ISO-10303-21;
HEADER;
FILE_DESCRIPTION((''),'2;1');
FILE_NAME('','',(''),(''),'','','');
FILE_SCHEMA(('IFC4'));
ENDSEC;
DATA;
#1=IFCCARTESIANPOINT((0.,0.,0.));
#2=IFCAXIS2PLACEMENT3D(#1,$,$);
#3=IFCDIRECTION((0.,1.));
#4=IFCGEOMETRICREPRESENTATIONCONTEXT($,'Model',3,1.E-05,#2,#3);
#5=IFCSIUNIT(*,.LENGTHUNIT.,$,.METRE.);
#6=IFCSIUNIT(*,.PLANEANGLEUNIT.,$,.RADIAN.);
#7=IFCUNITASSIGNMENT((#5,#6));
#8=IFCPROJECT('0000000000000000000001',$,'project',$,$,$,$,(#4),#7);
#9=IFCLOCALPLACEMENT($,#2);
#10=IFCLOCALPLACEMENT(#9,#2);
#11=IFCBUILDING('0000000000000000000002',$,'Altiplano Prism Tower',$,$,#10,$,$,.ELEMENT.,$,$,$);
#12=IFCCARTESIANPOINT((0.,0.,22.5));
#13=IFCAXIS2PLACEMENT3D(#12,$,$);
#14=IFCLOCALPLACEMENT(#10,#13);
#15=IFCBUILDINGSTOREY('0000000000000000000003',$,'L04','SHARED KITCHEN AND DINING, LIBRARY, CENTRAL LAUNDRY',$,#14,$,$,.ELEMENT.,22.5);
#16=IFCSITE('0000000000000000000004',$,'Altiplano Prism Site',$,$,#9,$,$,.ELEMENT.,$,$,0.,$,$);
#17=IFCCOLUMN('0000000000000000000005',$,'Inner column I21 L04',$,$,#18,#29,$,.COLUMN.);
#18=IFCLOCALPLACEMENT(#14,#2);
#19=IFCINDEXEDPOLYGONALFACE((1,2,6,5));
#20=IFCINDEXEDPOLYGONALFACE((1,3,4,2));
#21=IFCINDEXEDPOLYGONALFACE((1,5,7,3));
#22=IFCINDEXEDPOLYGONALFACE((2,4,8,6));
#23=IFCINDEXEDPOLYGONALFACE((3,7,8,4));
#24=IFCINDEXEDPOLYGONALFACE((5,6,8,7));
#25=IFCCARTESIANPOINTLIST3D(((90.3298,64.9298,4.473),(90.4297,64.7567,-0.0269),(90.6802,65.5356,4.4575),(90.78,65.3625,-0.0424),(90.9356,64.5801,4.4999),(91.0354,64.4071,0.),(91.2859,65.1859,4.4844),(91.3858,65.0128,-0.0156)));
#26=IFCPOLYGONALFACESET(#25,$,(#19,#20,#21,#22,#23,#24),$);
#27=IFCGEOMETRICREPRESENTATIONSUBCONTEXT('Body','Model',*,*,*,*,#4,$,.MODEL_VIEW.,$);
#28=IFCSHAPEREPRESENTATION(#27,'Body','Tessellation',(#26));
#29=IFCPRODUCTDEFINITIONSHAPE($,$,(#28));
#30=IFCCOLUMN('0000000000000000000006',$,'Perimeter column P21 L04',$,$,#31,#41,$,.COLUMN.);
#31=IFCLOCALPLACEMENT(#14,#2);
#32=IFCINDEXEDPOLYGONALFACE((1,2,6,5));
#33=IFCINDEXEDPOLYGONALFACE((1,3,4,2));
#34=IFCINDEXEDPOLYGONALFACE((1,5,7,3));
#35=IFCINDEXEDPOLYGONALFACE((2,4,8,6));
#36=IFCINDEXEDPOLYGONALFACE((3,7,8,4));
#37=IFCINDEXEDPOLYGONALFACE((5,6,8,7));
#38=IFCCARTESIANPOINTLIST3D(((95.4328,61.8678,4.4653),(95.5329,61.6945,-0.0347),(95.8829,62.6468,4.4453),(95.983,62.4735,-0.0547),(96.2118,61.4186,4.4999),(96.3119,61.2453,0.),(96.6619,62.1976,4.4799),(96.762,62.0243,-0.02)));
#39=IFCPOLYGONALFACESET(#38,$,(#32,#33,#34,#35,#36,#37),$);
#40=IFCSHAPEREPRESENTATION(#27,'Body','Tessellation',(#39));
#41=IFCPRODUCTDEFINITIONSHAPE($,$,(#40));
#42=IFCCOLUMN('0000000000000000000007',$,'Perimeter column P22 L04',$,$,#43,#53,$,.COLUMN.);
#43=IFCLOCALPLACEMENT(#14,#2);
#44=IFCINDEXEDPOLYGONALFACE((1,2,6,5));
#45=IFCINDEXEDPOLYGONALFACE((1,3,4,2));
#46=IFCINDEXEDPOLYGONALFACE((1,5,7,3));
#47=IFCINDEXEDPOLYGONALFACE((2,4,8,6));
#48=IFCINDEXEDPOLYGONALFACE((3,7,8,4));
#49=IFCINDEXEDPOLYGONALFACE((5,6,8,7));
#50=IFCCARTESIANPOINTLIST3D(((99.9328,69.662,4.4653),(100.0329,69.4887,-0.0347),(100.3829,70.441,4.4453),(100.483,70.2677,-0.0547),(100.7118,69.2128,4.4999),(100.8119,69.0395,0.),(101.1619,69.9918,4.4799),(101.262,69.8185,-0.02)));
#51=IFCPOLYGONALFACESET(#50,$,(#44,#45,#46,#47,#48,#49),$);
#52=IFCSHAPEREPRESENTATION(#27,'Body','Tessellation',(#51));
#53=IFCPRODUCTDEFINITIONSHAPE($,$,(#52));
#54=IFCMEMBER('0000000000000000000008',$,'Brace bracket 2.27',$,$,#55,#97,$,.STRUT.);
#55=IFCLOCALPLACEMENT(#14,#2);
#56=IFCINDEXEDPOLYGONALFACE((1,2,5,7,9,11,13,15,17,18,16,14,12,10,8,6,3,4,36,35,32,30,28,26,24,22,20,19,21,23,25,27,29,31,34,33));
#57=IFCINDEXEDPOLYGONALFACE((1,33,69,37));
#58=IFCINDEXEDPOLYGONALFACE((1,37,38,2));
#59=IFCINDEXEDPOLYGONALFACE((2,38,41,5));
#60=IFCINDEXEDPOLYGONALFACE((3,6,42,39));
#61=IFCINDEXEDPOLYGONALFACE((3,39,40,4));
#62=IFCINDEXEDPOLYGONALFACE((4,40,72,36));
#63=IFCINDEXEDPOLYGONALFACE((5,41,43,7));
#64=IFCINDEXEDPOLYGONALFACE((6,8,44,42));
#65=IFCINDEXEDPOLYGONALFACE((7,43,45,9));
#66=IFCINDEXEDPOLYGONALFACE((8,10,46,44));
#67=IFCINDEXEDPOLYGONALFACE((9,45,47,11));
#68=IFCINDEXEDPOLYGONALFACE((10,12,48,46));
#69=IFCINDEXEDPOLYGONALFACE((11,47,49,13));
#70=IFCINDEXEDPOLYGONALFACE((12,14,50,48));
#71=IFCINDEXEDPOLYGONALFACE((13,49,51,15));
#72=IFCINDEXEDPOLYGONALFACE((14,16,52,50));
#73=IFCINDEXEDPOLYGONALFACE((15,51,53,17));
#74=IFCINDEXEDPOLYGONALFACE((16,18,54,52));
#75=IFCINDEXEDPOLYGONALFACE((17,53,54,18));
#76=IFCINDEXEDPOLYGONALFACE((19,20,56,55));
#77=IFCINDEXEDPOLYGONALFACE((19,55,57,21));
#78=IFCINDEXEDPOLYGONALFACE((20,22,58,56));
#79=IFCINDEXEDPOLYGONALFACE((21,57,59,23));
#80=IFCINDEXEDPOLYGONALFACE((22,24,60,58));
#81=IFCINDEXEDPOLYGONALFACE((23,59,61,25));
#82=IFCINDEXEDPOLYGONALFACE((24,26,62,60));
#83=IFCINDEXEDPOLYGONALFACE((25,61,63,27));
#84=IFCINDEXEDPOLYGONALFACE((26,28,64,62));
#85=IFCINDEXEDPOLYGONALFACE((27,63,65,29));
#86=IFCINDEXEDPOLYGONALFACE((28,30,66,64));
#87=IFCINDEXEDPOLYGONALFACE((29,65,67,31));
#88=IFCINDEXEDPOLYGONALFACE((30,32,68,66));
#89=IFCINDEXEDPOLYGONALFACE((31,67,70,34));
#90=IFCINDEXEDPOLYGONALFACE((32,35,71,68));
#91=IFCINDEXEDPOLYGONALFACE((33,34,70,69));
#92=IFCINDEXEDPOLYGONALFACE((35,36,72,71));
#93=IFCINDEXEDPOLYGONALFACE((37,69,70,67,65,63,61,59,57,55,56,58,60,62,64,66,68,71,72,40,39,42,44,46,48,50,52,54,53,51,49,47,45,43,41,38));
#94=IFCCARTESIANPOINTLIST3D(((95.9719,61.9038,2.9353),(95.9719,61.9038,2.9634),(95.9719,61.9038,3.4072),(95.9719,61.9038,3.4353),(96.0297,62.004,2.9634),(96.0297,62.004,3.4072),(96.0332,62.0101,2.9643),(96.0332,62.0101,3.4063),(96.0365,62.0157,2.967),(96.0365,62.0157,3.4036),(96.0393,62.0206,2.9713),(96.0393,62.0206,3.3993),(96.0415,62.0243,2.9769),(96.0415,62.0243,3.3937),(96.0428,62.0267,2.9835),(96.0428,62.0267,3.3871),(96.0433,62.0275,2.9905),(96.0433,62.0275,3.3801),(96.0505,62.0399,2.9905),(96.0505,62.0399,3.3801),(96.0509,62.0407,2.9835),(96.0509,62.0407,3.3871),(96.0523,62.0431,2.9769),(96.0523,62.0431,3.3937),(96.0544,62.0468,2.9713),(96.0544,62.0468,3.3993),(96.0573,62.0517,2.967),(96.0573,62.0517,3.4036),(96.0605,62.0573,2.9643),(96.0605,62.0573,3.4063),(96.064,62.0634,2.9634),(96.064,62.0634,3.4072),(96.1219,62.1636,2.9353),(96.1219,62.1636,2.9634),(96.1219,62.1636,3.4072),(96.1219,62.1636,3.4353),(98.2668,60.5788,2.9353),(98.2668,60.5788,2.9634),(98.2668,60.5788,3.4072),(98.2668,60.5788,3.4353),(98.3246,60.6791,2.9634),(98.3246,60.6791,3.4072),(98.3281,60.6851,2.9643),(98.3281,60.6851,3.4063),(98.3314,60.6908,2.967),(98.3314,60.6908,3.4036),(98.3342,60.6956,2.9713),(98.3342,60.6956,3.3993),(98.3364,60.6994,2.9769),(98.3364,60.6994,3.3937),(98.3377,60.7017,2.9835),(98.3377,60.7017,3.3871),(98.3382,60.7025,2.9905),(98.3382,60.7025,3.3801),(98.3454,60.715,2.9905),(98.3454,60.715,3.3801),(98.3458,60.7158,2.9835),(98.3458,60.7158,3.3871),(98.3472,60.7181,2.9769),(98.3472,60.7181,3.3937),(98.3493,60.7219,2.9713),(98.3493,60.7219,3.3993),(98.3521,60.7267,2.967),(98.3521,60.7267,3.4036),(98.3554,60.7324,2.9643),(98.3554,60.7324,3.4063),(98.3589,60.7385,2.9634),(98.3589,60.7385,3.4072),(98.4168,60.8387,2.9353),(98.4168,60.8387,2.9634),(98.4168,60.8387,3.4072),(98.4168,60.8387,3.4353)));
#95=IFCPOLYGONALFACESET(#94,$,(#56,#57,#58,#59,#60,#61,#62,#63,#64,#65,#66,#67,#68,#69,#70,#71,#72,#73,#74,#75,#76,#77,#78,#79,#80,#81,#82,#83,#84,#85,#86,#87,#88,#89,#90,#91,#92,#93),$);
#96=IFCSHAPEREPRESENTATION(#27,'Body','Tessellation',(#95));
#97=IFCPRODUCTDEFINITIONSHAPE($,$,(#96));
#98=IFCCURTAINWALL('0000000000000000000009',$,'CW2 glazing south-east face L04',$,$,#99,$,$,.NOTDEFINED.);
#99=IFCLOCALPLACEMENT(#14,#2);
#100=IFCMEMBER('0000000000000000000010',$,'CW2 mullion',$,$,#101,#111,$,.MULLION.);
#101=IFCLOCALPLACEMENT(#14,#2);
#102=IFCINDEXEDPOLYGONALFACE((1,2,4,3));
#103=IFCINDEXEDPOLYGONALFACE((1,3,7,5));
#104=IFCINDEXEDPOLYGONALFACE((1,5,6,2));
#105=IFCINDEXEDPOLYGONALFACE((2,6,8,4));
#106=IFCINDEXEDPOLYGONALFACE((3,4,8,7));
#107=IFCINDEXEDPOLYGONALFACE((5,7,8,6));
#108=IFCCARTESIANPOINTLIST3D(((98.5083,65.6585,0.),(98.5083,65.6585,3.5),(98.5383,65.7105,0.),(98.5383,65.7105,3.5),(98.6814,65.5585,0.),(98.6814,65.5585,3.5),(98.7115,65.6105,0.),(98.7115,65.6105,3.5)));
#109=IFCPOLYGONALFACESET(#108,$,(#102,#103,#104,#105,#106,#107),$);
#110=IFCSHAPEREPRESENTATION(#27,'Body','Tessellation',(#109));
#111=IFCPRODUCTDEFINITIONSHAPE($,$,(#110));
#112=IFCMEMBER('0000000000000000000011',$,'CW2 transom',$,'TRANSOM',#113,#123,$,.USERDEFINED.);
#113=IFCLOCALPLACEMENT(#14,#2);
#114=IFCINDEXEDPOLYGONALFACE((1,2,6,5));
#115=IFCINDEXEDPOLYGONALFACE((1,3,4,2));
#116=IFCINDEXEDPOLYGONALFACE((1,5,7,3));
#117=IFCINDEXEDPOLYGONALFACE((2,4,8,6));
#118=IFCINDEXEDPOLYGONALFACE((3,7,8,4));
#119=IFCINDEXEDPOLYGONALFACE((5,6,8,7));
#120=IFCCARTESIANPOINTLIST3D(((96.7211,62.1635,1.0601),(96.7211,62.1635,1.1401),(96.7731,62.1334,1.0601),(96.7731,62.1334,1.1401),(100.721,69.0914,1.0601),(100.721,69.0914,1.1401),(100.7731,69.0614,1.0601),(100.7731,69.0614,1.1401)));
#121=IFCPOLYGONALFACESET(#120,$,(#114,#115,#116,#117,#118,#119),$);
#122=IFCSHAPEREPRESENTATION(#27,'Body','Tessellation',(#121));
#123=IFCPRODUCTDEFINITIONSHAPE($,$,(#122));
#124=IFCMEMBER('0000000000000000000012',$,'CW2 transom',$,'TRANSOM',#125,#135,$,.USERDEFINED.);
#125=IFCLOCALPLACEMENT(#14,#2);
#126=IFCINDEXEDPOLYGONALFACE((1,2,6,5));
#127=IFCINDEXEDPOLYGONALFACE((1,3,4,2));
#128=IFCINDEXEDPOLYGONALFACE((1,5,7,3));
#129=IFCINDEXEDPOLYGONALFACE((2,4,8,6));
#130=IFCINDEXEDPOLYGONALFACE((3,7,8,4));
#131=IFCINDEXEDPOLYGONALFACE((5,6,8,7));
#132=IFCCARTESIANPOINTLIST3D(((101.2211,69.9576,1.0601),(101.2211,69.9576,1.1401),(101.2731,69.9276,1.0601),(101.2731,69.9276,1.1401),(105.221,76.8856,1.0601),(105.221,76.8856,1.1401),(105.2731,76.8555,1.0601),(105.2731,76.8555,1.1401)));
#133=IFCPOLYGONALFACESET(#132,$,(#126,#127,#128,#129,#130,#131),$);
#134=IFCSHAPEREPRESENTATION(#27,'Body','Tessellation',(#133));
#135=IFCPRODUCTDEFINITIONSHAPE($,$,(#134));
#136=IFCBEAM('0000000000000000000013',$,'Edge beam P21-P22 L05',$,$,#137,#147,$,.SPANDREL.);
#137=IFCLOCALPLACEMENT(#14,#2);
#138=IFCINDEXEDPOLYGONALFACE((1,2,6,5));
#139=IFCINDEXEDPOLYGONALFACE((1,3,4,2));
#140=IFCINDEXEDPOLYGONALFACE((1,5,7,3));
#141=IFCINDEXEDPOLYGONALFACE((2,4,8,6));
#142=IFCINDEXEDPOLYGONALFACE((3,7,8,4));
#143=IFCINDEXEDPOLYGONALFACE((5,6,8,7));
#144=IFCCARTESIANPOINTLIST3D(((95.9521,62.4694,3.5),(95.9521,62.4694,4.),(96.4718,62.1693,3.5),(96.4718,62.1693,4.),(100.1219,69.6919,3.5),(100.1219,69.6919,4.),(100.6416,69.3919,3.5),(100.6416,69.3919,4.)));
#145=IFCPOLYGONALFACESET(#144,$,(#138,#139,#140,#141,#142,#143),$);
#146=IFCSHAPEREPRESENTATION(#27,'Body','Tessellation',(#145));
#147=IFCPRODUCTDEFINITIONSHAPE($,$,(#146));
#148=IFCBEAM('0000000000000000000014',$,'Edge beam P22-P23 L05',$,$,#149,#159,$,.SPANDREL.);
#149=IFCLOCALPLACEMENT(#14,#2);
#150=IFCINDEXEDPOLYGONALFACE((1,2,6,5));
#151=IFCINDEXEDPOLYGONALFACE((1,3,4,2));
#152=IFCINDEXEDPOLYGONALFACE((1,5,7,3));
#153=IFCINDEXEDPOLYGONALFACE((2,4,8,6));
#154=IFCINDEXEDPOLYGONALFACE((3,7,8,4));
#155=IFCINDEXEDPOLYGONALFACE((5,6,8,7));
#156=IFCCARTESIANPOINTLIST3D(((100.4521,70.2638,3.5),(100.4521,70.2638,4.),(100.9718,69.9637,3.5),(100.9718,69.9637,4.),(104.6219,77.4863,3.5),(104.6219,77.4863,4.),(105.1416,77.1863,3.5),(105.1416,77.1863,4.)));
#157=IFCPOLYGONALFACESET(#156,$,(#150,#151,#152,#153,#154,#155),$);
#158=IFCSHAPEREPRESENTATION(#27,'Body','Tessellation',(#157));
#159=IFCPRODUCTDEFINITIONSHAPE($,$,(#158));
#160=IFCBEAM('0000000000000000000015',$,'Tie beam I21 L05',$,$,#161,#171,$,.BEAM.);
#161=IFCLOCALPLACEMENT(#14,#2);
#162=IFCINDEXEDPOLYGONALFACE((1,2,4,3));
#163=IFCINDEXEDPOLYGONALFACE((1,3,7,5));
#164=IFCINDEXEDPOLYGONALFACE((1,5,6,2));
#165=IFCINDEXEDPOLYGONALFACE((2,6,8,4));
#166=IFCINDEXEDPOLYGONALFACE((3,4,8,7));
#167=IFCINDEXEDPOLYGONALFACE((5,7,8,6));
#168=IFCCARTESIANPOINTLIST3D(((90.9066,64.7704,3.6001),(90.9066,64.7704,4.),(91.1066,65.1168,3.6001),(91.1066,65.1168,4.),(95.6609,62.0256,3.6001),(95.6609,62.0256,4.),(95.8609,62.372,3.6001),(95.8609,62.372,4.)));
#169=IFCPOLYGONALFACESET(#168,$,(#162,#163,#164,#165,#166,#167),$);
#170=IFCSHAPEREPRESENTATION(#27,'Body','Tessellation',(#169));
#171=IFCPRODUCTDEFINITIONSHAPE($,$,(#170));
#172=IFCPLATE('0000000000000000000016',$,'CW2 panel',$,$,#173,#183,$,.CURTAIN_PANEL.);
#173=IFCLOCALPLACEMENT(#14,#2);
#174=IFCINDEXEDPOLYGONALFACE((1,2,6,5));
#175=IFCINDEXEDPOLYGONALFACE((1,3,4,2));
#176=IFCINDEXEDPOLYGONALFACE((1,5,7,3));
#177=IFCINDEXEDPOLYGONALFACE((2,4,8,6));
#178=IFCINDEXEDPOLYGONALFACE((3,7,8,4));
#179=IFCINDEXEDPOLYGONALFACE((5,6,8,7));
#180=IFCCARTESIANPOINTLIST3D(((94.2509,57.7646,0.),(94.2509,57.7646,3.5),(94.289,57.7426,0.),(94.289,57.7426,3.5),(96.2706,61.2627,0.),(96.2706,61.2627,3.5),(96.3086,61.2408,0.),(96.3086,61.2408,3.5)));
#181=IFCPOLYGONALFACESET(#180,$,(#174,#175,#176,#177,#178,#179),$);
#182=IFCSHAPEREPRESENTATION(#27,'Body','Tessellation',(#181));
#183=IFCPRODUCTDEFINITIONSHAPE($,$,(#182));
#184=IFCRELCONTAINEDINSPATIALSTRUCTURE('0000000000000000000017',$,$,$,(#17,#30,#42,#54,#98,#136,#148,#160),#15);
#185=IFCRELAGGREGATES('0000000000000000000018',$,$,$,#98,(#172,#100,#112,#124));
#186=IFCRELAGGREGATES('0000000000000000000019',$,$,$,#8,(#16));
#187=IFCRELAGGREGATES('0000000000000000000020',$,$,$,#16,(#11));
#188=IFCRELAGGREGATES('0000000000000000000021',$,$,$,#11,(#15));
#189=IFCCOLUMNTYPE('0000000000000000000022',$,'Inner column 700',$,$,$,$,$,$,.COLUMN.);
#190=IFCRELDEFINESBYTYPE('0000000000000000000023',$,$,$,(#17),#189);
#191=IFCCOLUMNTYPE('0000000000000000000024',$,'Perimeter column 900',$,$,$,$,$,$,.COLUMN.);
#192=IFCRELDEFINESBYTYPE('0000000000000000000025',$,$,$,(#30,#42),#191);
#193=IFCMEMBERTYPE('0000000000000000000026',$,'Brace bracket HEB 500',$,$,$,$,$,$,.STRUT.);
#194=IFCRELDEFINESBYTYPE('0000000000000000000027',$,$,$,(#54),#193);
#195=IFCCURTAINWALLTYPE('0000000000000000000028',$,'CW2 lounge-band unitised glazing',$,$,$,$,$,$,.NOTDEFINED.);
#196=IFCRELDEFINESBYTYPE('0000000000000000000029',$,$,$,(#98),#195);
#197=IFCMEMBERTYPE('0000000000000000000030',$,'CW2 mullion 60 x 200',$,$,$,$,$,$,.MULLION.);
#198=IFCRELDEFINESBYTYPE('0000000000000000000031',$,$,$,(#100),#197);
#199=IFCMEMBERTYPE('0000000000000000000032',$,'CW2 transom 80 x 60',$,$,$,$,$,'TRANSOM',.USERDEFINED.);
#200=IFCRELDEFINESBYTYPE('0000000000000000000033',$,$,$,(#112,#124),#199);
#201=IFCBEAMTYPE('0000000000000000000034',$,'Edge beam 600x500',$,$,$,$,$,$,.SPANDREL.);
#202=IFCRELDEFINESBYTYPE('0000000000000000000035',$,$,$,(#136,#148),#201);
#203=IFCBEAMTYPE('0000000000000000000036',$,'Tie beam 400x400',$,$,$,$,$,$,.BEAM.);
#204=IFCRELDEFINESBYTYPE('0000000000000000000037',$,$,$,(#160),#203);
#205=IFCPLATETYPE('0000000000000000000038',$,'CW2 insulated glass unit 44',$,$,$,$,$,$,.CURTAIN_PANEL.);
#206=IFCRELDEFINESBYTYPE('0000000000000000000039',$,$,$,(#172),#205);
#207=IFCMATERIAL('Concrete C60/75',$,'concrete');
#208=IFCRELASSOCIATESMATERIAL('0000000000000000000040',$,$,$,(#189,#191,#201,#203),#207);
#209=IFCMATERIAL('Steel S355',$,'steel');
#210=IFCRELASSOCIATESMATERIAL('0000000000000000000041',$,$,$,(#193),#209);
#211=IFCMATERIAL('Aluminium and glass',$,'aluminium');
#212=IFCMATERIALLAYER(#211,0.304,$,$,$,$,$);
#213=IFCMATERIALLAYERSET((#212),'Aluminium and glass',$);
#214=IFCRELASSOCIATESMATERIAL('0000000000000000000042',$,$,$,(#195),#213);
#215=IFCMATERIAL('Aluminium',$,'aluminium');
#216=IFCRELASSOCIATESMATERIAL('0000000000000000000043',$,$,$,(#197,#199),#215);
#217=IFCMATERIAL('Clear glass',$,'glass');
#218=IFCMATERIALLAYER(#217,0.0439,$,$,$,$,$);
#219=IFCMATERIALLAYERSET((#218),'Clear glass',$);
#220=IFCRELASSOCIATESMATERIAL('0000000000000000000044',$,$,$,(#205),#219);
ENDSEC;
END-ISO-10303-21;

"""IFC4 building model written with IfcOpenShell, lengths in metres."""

from ifc_helpers import new_model, si_unit, direction, frame, origin, origin_2d, place, context, subcontext, project, spatial, rectangle, i_section, extrude, material, layer, layer_set, material_profile, profile_set, type_object, element, aggregate, save


model = new_model("IFC4")

# Units and contexts
model_context = context("Model", 3, precision=1e-05, world=origin(), true_north=direction((0.0, 1.0)))
body_context = subcontext(model_context, "Body", "Model", "MODEL_VIEW")
ifc_project = project(units=[si_unit("LENGTHUNIT", "METRE"), si_unit("PLANEANGLEUNIT", "RADIAN")], contexts=[model_context])

# Site, building, storey
site_placement = place(None, origin())
site = spatial("IfcSite", under=ifc_project, at=site_placement, Name="Altiplano Prism Site", CompositionType="ELEMENT", RefElevation=0.0)
building_placement = place(site_placement, origin())
building = spatial("IfcBuilding", under=site, at=building_placement, Name="Altiplano Prism Tower", CompositionType="ELEMENT")
storey_placement = place(building_placement, frame((0.0, 0.0, 22.5)))
storey = spatial("IfcBuildingStorey", under=building, at=storey_placement, Name="L04", Description="SHARED KITCHEN AND DINING, LIBRARY, CENTRAL LAUNDRY", CompositionType="ELEMENT", Elevation=22.5)

# Columns
ifc_material_1 = material(Name="Concrete C60/75", Category="concrete")
ifc_material_profile_1 = material_profile(ifc_material_1, rectangle(XDim=0.7, YDim=0.7, at=origin_2d()), Name="Inner column 700")
ifc_profile_set_1 = profile_set([ifc_material_profile_1], Name="Concrete C60/75")
column_type_1 = type_object("IfcColumnType", Name="Inner column 700", PredefinedType="COLUMN", material=ifc_profile_set_1)
column_placement = place(storey_placement, frame((90.9077, 64.8848, -0.0212), z_axis=(-0.022168, 0.038428, 0.999015), x_axis=(-0.500564, -0.865416, 0.022181)))
element("IfcColumn", 1, at=column_placement, inside=storey, type_object=column_type_1, Name="Inner column I21 L04", PredefinedType="COLUMN", context=body_context, shape_type="SweptSolid", body=[
    extrude(rectangle(XDim=0.7, YDim=0.7, at=origin_2d()), origin(), (0.0, 0.0, 1.0), 4.5044),
])
ifc_material_profile_2 = material_profile(ifc_material_1, rectangle(XDim=0.8999, YDim=0.8999, at=origin_2d()), Name="Perimeter column 900")
ifc_profile_set_2 = profile_set([ifc_material_profile_2], Name="Concrete C60/75")
column_type_2 = type_object("IfcColumnType", Name="Perimeter column 900", PredefinedType="COLUMN", material=ifc_profile_set_2)
for number, where, z_axis, x_axis, name in (
    (2, (96.1475, 61.8594, -0.0273), (-0.022222, 0.038482, 0.999012), (-0.500178, -0.865638, 0.022218), "Perimeter column P21 L04"),
    (3, (100.6475, 69.6536, -0.0273), (-0.022222, 0.038482, 0.999012), (-0.500172, -0.865641, 0.022219), "Perimeter column P22 L04"),
):
    element("IfcColumn", number, at=place(storey_placement, frame(where, z_axis=z_axis, x_axis=x_axis)), inside=storey, type_object=column_type_2, Name=name, PredefinedType="COLUMN", context=body_context, shape_type="SweptSolid", body=[
        extrude(rectangle(XDim=0.8999, YDim=0.8999, at=origin_2d()), origin(), (0.0, 0.0, 1.0), 4.5044),
    ])

# Member
ifc_material_2 = material(Name="Steel S355", Category="steel")
ifc_material_profile_3 = material_profile(ifc_material_2, i_section(OverallWidth=0.3, OverallDepth=0.5, WebThickness=0.0144, FlangeThickness=0.0281, FilletRadius=0.0271, at=origin_2d()), Name="Brace bracket HEB 500")
ifc_profile_set_3 = profile_set([ifc_material_profile_3], Name="Steel S355")
member_type_1 = type_object("IfcMemberType", Name="Brace bracket HEB 500", PredefinedType="STRUT", material=ifc_profile_set_3)
member_1_placement = place(storey_placement, frame((96.0469, 62.0337, 3.1853), z_axis=(0.866029, -0.499994, 0.0), x_axis=(0.499994, 0.866029, 0.0)))
element("IfcMember", 4, at=member_1_placement, inside=storey, type_object=member_type_1, Name="Brace bracket 2.27", PredefinedType="STRUT", context=body_context, shape_type="SweptSolid", body=[
    extrude(i_section(OverallWidth=0.3, OverallDepth=0.5, WebThickness=0.0144, FlangeThickness=0.0281, FilletRadius=0.0271, at=origin_2d()), origin(), (0.0, 0.0, 1.0), 2.6499),
])

# Curtain wall, members
ifc_material_3 = material(Name="Aluminium and glass", Category="aluminium")
ifc_layer_1 = layer(ifc_material_3, 0.304)
ifc_layer_set_1 = layer_set([ifc_layer_1], Name="Aluminium and glass")
curtain_wall_type = type_object("IfcCurtainWallType", Name="CW2 lounge-band unitised glazing", PredefinedType="NOTDEFINED", material=ifc_layer_set_1)
curtain_wall_placement = place(storey_placement, origin())
curtain_wall = element("IfcCurtainWall", 5, at=curtain_wall_placement, inside=storey, type_object=curtain_wall_type, Name="CW2 glazing south-east face L04", PredefinedType="NOTDEFINED")
ifc_material_4 = material(Name="Aluminium", Category="aluminium")
ifc_material_profile_4 = material_profile(ifc_material_4, rectangle(XDim=0.2, YDim=0.0601, at=origin_2d()), Name="CW2 mullion 60 x 200")
ifc_profile_set_4 = profile_set([ifc_material_profile_4], Name="Aluminium")
member_type_2 = type_object("IfcMemberType", Name="CW2 mullion 60 x 200", PredefinedType="MULLION", material=ifc_profile_set_4)
member_2_placement = place(storey_placement, frame((98.6099, 65.6345, 0.0), z_axis=(0.0, 0.0, 1.0), x_axis=(-0.866025, 0.5, 0.0)))
member_2 = element("IfcMember", 6, at=member_2_placement, type_object=member_type_2, Name="CW2 mullion", PredefinedType="MULLION", context=body_context, shape_type="SweptSolid", body=[
    extrude(rectangle(XDim=0.2, YDim=0.0601, at=origin_2d()), origin(), (0.0, 0.0, 1.0), 3.5),
])
ifc_material_profile_5 = material_profile(ifc_material_4, rectangle(XDim=0.0601, YDim=0.0801, at=origin_2d()), Name="CW2 transom 80 x 60")
ifc_profile_set_5 = profile_set([ifc_material_profile_5], Name="Aluminium")
member_type_3 = type_object("IfcMemberType", Name="CW2 transom 80 x 60", ElementType="TRANSOM", PredefinedType="USERDEFINED", material=ifc_profile_set_5)
member_3_placement = place(storey_placement, frame((96.7471, 62.1484, 1.1001), z_axis=(0.500012, 0.866018, 0.0), x_axis=(-0.866018, 0.500012, 0.0)))
member_3 = element("IfcMember", 7, at=member_3_placement, type_object=member_type_3, Name="CW2 transom", ObjectType="TRANSOM", PredefinedType="USERDEFINED", context=body_context, shape_type="SweptSolid", body=[
    extrude(rectangle(XDim=0.0601, YDim=0.0801, at=origin_2d()), origin(), (0.0, 0.0, 1.0), 7.9998),
])
member_4_placement = place(storey_placement, frame((101.2471, 69.9426, 1.1001), z_axis=(0.500012, 0.866018, 0.0), x_axis=(-0.866018, 0.500012, 0.0)))
member_4 = element("IfcMember", 8, at=member_4_placement, type_object=member_type_3, Name="CW2 transom", ObjectType="TRANSOM", PredefinedType="USERDEFINED", context=body_context, shape_type="SweptSolid", body=[
    extrude(rectangle(XDim=0.0601, YDim=0.0801, at=origin_2d()), origin(), (0.0, 0.0, 1.0), 7.9998),
])

# Beams
ifc_material_profile_6 = material_profile(ifc_material_1, rectangle(XDim=0.6001, YDim=0.5, at=origin_2d()), Name="Edge beam 600x500")
ifc_profile_set_6 = profile_set([ifc_material_profile_6], Name="Concrete C60/75")
beam_type_1 = type_object("IfcBeamType", Name="Edge beam 600x500", PredefinedType="SPANDREL", material=ifc_profile_set_6)
for number, where, z_axis, x_axis, name in (
    (9, (96.2119, 62.3193, 3.75), (0.499993, 0.86603, 0.0), (-0.86603, 0.499993, 0.0), "Edge beam P21-P22 L05"),
    (10, (100.7119, 70.1138, 3.75), (0.499993, 0.86603, 0.0), (-0.86603, 0.499993, 0.0), "Edge beam P22-P23 L05"),
):
    element("IfcBeam", number, at=place(storey_placement, frame(where, z_axis=z_axis, x_axis=x_axis)), inside=storey, type_object=beam_type_1, Name=name, PredefinedType="SPANDREL", context=body_context, shape_type="SweptSolid", body=[
        extrude(rectangle(XDim=0.6001, YDim=0.5, at=origin_2d()), origin(), (0.0, 0.0, 1.0), 8.3398),
    ])
ifc_material_profile_7 = material_profile(ifc_material_1, rectangle(XDim=0.3999, YDim=0.3999, at=origin_2d()), Name="Tie beam 400x400")
ifc_profile_set_7 = profile_set([ifc_material_profile_7], Name="Concrete C60/75")
beam_type_2 = type_object("IfcBeamType", Name="Tie beam 400x400", PredefinedType="BEAM", material=ifc_profile_set_7)
beam_placement = place(storey_placement, frame((91.0066, 64.9436, 3.8), z_axis=(0.866032, -0.499989, 0.0), x_axis=(0.499989, 0.866032, 0.0)))
element("IfcBeam", 11, at=beam_placement, inside=storey, type_object=beam_type_2, Name="Tie beam I21 L05", PredefinedType="BEAM", context=body_context, shape_type="SweptSolid", body=[
    extrude(rectangle(XDim=0.3999, YDim=0.3999, at=origin_2d()), origin(), (0.0, 0.0, 1.0), 5.4897),
])

# Plate
ifc_material_5 = material(Name="Clear glass", Category="glass")
ifc_layer_2 = layer(ifc_material_5, 0.0439)
ifc_layer_set_2 = layer_set([ifc_layer_2], Name="Clear glass")
plate_type = type_object("IfcPlateType", Name="CW2 insulated glass unit 44", PredefinedType="CURTAIN_PANEL", material=ifc_layer_set_2)
plate_1_placement = place(storey_placement, frame((95.2798, 59.5027, 0.0), z_axis=(0.0, 0.0, 1.0), x_axis=(0.5, 0.866025, 0.0)))
plate_1 = element("IfcPlate", 12, at=plate_1_placement, type_object=plate_type, Name="CW2 panel", PredefinedType="CURTAIN_PANEL", context=body_context, shape_type="SweptSolid", body=[
    extrude(rectangle(XDim=4.0393, YDim=0.0439, at=origin_2d()), origin(), (0.0, 0.0, 1.0), 3.5),
])
aggregate(curtain_wall, [plate_1, member_2, member_3, member_4])

save(model, "model.ifc")
